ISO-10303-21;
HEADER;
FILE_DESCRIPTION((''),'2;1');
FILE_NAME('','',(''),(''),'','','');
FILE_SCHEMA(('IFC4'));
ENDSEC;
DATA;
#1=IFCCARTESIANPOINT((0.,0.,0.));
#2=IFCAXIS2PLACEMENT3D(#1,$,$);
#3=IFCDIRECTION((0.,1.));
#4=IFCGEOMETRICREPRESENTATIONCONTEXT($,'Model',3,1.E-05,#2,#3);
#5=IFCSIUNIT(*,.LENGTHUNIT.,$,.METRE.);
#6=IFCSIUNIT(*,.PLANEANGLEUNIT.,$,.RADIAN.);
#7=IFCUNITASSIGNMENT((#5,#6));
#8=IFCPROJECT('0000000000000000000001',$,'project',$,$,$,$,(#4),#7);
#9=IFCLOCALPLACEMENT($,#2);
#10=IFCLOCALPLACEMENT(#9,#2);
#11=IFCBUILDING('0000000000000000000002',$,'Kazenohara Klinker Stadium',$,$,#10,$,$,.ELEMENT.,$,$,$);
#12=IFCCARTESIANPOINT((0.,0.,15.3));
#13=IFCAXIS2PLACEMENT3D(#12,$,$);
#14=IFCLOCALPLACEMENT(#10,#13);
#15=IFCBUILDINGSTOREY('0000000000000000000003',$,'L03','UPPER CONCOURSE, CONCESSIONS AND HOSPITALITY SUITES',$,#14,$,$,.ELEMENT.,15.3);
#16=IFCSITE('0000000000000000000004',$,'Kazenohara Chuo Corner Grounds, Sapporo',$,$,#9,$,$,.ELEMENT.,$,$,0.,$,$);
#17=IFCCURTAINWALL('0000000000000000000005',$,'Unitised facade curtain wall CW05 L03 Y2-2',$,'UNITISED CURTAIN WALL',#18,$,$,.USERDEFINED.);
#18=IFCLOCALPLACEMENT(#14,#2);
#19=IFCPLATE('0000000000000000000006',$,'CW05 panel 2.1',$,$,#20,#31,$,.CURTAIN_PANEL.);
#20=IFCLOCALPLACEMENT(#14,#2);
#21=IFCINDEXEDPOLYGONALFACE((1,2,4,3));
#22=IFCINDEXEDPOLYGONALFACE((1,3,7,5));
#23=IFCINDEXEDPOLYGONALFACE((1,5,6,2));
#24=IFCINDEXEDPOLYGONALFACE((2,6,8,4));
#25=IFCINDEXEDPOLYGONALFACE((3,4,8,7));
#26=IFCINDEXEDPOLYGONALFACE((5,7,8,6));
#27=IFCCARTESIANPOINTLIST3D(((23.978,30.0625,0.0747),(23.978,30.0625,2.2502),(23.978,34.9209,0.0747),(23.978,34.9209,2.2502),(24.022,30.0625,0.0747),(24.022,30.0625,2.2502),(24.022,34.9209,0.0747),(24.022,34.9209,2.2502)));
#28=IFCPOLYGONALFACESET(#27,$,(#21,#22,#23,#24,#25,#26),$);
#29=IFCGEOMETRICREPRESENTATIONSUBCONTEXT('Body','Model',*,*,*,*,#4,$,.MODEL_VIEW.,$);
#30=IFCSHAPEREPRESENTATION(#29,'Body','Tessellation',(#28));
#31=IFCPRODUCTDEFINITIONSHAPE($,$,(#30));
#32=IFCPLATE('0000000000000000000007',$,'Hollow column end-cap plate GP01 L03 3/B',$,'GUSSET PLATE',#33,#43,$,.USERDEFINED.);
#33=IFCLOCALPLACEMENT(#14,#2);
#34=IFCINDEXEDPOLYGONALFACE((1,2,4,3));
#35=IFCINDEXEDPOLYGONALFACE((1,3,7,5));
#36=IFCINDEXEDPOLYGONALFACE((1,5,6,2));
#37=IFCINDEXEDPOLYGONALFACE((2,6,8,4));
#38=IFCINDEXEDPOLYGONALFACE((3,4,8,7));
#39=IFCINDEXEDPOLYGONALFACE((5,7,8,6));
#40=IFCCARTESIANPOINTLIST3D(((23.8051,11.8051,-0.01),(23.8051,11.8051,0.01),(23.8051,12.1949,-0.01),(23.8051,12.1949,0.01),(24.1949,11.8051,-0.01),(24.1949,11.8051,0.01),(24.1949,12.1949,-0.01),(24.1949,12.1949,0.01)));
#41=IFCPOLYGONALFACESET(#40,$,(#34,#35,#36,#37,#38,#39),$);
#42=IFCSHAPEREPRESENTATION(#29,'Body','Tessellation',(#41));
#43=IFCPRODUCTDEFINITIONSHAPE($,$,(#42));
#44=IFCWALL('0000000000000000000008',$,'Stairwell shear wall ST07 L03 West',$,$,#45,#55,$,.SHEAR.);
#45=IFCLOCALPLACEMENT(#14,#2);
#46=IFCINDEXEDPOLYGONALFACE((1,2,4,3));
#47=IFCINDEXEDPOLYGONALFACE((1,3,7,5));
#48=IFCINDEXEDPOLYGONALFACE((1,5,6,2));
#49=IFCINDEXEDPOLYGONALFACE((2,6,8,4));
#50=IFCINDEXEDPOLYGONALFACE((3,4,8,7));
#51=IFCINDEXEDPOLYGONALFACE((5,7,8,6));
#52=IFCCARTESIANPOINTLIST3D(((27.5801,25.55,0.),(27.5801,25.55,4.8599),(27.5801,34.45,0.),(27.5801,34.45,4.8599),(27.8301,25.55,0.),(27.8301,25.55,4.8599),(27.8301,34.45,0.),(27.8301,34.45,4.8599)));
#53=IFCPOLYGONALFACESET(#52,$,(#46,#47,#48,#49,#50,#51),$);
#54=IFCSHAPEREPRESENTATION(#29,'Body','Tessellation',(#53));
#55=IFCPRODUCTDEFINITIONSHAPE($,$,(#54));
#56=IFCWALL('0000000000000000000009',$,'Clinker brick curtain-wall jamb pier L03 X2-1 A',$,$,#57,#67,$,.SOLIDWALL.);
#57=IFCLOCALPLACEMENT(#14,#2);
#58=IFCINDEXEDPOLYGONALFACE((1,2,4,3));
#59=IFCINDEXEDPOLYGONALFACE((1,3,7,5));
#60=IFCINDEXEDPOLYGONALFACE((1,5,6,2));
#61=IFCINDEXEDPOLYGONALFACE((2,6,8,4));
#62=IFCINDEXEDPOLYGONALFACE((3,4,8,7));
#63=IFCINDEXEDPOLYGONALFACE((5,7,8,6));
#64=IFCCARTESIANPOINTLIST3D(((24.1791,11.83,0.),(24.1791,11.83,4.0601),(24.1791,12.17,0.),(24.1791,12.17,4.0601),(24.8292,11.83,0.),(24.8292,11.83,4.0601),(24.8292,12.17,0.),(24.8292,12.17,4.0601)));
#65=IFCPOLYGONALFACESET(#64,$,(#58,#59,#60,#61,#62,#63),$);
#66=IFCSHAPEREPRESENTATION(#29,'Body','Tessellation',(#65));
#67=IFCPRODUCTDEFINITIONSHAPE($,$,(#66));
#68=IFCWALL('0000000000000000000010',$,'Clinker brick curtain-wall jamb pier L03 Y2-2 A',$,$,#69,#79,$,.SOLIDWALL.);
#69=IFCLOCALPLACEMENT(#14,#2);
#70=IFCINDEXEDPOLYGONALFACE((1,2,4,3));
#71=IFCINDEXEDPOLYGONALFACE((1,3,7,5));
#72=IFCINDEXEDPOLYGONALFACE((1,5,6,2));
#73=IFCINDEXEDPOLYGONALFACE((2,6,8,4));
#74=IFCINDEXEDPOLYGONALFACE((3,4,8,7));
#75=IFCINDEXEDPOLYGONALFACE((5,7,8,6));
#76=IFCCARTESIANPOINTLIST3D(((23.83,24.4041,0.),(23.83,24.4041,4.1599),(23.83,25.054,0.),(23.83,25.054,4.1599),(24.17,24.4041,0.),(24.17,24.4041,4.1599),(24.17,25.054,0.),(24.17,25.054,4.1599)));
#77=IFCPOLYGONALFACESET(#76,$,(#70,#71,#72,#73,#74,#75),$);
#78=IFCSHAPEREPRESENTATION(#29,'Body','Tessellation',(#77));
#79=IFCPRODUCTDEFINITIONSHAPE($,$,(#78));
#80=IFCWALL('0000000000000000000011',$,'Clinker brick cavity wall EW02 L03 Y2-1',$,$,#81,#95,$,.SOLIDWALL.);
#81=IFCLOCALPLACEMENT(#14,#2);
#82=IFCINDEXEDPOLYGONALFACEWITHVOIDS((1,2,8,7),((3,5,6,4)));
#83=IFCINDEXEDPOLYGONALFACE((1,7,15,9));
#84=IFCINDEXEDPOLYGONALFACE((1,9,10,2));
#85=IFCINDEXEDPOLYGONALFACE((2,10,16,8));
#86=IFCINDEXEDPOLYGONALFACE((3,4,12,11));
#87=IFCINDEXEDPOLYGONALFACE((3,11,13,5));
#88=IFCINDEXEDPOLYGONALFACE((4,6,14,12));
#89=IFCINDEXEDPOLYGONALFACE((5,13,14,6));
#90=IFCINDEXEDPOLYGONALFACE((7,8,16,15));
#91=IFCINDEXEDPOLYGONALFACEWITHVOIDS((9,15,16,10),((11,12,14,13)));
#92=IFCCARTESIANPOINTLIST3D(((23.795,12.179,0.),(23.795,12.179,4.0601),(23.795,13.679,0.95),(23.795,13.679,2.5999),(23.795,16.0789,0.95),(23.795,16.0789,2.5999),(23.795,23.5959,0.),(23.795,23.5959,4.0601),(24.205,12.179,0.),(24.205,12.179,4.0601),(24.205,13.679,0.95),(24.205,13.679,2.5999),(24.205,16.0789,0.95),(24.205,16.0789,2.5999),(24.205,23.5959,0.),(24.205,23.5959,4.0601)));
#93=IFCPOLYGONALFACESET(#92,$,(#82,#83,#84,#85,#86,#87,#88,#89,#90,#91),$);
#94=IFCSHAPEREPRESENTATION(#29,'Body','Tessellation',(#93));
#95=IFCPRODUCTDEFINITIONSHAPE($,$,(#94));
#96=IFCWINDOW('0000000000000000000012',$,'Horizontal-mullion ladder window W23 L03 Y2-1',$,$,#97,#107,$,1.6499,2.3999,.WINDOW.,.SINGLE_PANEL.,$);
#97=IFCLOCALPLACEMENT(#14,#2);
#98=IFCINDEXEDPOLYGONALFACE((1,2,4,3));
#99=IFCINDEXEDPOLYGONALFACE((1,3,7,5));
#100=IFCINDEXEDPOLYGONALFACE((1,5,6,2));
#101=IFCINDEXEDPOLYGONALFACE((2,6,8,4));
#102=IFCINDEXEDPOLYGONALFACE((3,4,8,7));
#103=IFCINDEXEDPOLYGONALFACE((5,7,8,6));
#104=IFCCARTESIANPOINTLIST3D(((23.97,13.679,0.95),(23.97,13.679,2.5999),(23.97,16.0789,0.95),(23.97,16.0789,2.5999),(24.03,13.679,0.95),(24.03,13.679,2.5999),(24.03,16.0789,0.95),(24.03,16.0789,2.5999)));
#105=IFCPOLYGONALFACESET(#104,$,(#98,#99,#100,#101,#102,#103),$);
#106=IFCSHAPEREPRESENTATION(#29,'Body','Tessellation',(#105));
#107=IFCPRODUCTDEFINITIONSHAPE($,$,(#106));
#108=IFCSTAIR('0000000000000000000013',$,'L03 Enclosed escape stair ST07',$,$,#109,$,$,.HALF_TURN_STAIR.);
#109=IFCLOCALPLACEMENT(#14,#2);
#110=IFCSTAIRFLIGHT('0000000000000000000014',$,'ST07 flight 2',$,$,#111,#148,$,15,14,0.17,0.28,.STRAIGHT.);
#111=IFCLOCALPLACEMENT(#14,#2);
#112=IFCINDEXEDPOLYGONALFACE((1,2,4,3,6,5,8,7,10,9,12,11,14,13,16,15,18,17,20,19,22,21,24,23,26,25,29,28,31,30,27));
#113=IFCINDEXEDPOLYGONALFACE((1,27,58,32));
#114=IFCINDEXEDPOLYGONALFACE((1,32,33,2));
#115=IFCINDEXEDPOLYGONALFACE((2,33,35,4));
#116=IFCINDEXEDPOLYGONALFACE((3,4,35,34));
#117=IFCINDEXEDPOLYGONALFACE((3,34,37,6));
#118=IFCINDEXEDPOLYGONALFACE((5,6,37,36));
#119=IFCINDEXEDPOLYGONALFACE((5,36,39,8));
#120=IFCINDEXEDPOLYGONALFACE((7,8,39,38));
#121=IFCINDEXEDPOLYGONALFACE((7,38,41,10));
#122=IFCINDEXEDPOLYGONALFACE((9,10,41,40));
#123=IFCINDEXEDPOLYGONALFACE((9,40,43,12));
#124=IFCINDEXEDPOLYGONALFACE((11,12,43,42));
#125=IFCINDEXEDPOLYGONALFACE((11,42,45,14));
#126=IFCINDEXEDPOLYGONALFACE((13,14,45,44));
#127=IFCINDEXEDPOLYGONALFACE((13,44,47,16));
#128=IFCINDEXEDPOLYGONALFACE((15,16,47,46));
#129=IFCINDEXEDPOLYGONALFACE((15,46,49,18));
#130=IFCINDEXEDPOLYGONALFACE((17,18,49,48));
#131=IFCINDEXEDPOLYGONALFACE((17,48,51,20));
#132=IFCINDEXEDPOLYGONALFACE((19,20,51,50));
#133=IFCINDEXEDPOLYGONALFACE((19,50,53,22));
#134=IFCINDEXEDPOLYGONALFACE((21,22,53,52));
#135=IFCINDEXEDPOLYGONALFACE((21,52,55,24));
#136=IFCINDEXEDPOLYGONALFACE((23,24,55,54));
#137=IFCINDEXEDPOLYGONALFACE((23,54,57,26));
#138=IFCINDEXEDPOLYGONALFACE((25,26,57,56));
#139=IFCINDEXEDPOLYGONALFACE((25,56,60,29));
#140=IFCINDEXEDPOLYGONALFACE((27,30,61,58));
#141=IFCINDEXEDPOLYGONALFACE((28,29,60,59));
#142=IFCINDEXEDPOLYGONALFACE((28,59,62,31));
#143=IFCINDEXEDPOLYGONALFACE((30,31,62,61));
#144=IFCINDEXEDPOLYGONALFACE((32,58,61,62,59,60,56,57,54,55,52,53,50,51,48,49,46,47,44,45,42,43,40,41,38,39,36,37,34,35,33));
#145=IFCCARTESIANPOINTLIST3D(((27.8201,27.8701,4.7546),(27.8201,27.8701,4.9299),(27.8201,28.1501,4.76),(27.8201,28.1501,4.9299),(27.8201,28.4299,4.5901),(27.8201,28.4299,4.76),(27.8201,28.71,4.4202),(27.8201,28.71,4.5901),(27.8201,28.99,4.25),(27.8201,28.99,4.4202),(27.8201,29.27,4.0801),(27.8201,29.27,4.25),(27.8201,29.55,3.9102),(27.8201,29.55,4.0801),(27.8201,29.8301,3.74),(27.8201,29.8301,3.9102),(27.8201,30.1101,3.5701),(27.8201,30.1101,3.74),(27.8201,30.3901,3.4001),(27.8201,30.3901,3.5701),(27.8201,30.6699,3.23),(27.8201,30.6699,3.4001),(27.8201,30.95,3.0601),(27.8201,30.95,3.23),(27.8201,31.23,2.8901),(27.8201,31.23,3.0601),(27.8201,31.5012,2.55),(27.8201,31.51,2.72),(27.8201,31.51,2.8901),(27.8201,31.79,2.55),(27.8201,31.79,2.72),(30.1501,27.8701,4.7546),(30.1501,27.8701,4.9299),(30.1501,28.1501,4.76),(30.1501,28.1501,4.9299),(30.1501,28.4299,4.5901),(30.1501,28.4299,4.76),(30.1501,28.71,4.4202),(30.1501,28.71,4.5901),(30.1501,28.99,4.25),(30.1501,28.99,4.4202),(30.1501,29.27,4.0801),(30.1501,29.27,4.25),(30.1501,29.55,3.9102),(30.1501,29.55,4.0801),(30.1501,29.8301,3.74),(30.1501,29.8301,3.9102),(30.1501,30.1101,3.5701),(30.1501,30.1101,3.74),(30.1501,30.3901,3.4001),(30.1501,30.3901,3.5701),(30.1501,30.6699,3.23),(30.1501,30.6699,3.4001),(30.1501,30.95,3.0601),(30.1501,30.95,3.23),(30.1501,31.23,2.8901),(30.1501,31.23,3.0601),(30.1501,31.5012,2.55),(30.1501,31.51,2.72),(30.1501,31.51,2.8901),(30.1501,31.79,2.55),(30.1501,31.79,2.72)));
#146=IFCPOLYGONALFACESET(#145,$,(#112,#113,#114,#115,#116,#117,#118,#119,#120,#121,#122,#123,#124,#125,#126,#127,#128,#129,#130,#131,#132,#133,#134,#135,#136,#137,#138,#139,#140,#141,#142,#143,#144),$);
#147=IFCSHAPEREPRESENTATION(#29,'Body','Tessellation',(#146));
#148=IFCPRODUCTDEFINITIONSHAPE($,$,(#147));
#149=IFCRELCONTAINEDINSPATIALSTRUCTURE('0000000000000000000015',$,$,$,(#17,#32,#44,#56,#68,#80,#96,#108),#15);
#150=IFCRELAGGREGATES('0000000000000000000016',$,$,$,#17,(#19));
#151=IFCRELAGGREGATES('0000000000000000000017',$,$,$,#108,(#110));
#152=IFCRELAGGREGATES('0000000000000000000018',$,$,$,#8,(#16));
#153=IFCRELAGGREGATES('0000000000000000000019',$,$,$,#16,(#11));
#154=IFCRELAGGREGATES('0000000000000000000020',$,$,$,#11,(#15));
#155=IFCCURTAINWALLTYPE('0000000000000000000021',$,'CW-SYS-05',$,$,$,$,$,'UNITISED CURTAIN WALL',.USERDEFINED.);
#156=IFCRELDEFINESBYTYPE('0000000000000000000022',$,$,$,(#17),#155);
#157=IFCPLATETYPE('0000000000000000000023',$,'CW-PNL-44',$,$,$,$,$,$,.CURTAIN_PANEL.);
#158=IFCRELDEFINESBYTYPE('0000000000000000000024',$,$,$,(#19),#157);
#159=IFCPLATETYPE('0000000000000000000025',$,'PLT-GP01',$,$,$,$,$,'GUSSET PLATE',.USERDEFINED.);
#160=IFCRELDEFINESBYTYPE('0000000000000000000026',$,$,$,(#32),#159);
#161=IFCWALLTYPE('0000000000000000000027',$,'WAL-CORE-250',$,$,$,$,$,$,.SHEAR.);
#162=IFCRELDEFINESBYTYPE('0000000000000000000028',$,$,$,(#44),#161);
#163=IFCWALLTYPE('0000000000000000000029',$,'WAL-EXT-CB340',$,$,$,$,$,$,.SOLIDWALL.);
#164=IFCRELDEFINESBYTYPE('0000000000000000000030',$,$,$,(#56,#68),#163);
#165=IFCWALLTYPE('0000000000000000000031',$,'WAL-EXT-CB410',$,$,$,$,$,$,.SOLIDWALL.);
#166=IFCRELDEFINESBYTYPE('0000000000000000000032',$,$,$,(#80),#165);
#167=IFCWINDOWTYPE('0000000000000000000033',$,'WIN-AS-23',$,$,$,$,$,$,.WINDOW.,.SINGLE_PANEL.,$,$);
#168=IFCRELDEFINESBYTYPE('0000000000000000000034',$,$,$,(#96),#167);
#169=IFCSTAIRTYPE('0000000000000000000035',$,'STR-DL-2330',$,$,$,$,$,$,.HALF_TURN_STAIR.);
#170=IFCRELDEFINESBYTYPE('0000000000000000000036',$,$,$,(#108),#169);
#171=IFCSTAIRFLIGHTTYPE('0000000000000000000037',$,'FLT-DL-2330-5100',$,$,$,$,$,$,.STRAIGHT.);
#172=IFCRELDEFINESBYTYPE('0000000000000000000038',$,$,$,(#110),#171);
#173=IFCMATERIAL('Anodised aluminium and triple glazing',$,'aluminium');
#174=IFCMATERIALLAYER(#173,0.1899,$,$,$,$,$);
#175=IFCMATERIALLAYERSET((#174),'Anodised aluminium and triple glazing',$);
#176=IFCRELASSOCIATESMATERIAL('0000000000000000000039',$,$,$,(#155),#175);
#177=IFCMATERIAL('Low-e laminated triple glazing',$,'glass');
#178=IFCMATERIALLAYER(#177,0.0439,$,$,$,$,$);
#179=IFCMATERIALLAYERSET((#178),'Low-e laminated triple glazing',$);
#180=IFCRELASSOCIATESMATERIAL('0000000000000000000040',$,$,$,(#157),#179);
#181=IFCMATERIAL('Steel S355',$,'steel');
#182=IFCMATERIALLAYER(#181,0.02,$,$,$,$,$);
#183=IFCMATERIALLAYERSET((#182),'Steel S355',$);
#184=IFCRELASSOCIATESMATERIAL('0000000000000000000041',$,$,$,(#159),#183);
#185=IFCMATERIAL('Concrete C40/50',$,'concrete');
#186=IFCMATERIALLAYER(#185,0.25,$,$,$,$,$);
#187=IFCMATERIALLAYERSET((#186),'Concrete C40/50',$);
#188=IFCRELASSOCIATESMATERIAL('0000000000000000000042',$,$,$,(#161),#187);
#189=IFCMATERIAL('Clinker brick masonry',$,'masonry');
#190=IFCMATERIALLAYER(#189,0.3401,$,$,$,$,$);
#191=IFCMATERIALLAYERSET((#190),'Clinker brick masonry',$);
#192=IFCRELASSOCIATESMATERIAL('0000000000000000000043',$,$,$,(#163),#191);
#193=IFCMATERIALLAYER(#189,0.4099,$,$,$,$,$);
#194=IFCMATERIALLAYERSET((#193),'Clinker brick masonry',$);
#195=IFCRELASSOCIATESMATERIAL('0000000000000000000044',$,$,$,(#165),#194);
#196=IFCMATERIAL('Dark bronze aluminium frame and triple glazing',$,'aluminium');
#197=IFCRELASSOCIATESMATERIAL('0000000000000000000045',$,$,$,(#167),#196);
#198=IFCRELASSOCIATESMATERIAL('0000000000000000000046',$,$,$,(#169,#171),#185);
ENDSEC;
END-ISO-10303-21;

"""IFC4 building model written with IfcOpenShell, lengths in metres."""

from ifc_helpers import new_model, si_unit, direction, frame, frame_2d, origin, origin_2d, place, context, subcontext, project, spatial, polyline, rectangle, outline, extrude, material, layer, layer_set, type_object, element, fill, aggregate, save


model = new_model("IFC4")

# Units and contexts
model_context = context("Model", 3, precision=1e-05, world=origin(), true_north=direction((0.0, 1.0)))
body_context = subcontext(model_context, "Body", "Model", "MODEL_VIEW")
ifc_project = project(units=[si_unit("LENGTHUNIT", "METRE"), si_unit("PLANEANGLEUNIT", "RADIAN")], contexts=[model_context])

# Site, building, storey
site_placement = place(None, origin())
site = spatial("IfcSite", under=ifc_project, at=site_placement, Name="Kazenohara Chuo Corner Grounds, Sapporo", CompositionType="ELEMENT", RefElevation=0.0)
building_placement = place(site_placement, origin())
building = spatial("IfcBuilding", under=site, at=building_placement, Name="Kazenohara Klinker Stadium", CompositionType="ELEMENT")
storey_placement = place(building_placement, frame((0.0, 0.0, 15.3)))
storey = spatial("IfcBuildingStorey", under=building, at=storey_placement, Name="L03", Description="UPPER CONCOURSE, CONCESSIONS AND HOSPITALITY SUITES", CompositionType="ELEMENT", Elevation=15.3)

# Shared definitions
ifc_material_1 = material(Name="Concrete C40/50", Category="concrete")

# Shared definitions
ifc_material_2 = material(Name="Steel S355", Category="steel")

# Curtain wall
ifc_material_3 = material(Name="Anodised aluminium and triple glazing", Category="aluminium")
ifc_layer_1 = layer(ifc_material_3, 0.1899)
ifc_layer_set_1 = layer_set([ifc_layer_1], Name="Anodised aluminium and triple glazing")
curtain_wall_type_1 = type_object("IfcCurtainWallType", Name="CW-SYS-05", ElementType="UNITISED CURTAIN WALL", PredefinedType="USERDEFINED", material=ifc_layer_set_1)
curtain_wall_1_placement = place(storey_placement, origin())
curtain_wall_1 = element("IfcCurtainWall", 1, at=curtain_wall_1_placement, inside=storey, type_object=curtain_wall_type_1, Name="Unitised facade curtain wall CW05 L03 Y2-2", ObjectType="UNITISED CURTAIN WALL", PredefinedType="USERDEFINED")

# Plates
ifc_material_4 = material(Name="Low-e laminated triple glazing", Category="glass")
ifc_layer_2 = layer(ifc_material_4, 0.0439)
ifc_layer_set_2 = layer_set([ifc_layer_2], Name="Low-e laminated triple glazing")
plate_type_1 = type_object("IfcPlateType", Name="CW-PNL-44", PredefinedType="CURTAIN_PANEL", material=ifc_layer_set_2)
plate_1_placement = place(storey_placement, frame((24.0, 32.4917, 0.0747), z_axis=(0.0, 0.0, 1.0), x_axis=(0.0, 1.0, 0.0)))
plate_1 = element("IfcPlate", 2, at=plate_1_placement, type_object=plate_type_1, Name="CW05 panel 2.1", PredefinedType="CURTAIN_PANEL", context=body_context, shape_type="SweptSolid", body=[
    extrude(rectangle(XDim=4.8584, YDim=0.0439, at=origin_2d()), origin(), (0.0, 0.0, 1.0), 2.1755),
])
aggregate(curtain_wall_1, [plate_1])
ifc_layer_3 = layer(ifc_material_2, 0.02)
ifc_layer_set_3 = layer_set([ifc_layer_3], Name="Steel S355")
plate_type_2 = type_object("IfcPlateType", Name="PLT-GP01", ElementType="GUSSET PLATE", PredefinedType="USERDEFINED", material=ifc_layer_set_3)
plate_2_placement = place(storey_placement, frame((24.0, 12.0, -0.01), z_axis=(0.0, 0.0, 1.0), x_axis=(1.0, 0.0, 0.0)))
element("IfcPlate", 3, at=plate_2_placement, inside=storey, type_object=plate_type_2, Name="Hollow column end-cap plate GP01 L03 3/B", ObjectType="GUSSET PLATE", PredefinedType="USERDEFINED", context=body_context, shape_type="SweptSolid", body=[
    extrude(rectangle(XDim=0.3899, YDim=0.3899, at=origin_2d()), origin(), (0.0, 0.0, 1.0), 0.02),
])

# Shared definitions
ifc_layer_4 = layer(ifc_material_1, 0.25)
ifc_layer_set_4 = layer_set([ifc_layer_4], Name="Concrete C40/50")
wall_type_1 = type_object("IfcWallType", Name="WAL-CORE-250", PredefinedType="SHEAR", material=ifc_layer_set_4)

# Walls
wall_1_placement = place(storey_placement, frame((27.7051, 25.55, 0.0), z_axis=(0.0, 0.0, 1.0), x_axis=(0.0, 1.0, 0.0)))
element("IfcWall", 4, at=wall_1_placement, inside=storey, type_object=wall_type_1, Name="Stairwell shear wall ST07 L03 West", PredefinedType="SHEAR", context=body_context, shape_type="SweptSolid", body=[
    extrude(rectangle(XDim=8.8999, YDim=0.25, at=frame_2d((4.45, 0.0))), origin(), (0.0, 0.0, 1.0), 4.8599),
])
ifc_material_5 = material(Name="Clinker brick masonry", Category="masonry")
ifc_layer_5 = layer(ifc_material_5, 0.3401)
ifc_layer_set_5 = layer_set([ifc_layer_5], Name="Clinker brick masonry")
wall_type_2 = type_object("IfcWallType", Name="WAL-EXT-CB340", PredefinedType="SOLIDWALL", material=ifc_layer_set_5)
wall_2_placement = place(storey_placement, frame((24.179, 12.0, 0.0), z_axis=(0.0, 0.0, 1.0), x_axis=(1.0, 0.0, 0.0)))
element("IfcWall", 5, at=wall_2_placement, inside=storey, type_object=wall_type_2, Name="Clinker brick curtain-wall jamb pier L03 X2-1 A", PredefinedType="SOLIDWALL", context=body_context, shape_type="SweptSolid", body=[
    extrude(rectangle(XDim=0.6501, YDim=0.3401, at=frame_2d((0.3252, 0.0))), origin(), (0.0, 0.0, 1.0), 4.0601),
])
wall_3_placement = place(storey_placement, frame((24.0, 24.4041, 0.0), z_axis=(0.0, 0.0, 1.0), x_axis=(0.0, 1.0, 0.0)))
element("IfcWall", 6, at=wall_3_placement, inside=storey, type_object=wall_type_2, Name="Clinker brick curtain-wall jamb pier L03 Y2-2 A", PredefinedType="SOLIDWALL", context=body_context, shape_type="SweptSolid", body=[
    extrude(rectangle(XDim=0.6499, YDim=0.3401, at=frame_2d((0.325, 0.0))), origin(), (0.0, 0.0, 1.0), 4.1599),
])

# Wall, opening, window
ifc_layer_6 = layer(ifc_material_5, 0.4099)
ifc_layer_set_6 = layer_set([ifc_layer_6], Name="Clinker brick masonry")
wall_type_3 = type_object("IfcWallType", Name="WAL-EXT-CB410", PredefinedType="SOLIDWALL", material=ifc_layer_set_6)
wall_4_placement = place(storey_placement, frame((24.0, 12.179, 0.0), z_axis=(0.0, 0.0, 1.0), x_axis=(0.0, 1.0, 0.0)))
wall_4 = element("IfcWall", 7, at=wall_4_placement, inside=storey, type_object=wall_type_3, Name="Clinker brick cavity wall EW02 L03 Y2-1", PredefinedType="SOLIDWALL", context=body_context, shape_type="SweptSolid", body=[
    extrude(rectangle(XDim=11.417, YDim=0.4099, at=frame_2d((5.7085, 0.0))), origin(), (0.0, 0.0, 1.0), 4.0601),
])
opening_1_placement = place(wall_4_placement, frame((1.5, 0.0, 0.95)))
opening_1 = element("IfcOpeningElement", 8, at=opening_1_placement, cuts=wall_4, PredefinedType="OPENING", context=body_context, shape_type="SweptSolid", body=[
    extrude(rectangle(XDim=2.3999, YDim=1.6499, at=frame_2d((1.2, 0.825))), frame((0.0, 0.2148, 0.0), z_axis=(0.0, -1.0, 0.0), x_axis=(1.0, 0.0, 0.0)), (0.0, 0.0, 1.0), 0.4299),
])
ifc_material_6 = material(Name="Dark bronze aluminium frame and triple glazing", Category="aluminium")
window_type = type_object("IfcWindowType", Name="WIN-AS-23", PartitioningType="SINGLE_PANEL", PredefinedType="WINDOW", material=ifc_material_6)
window_placement = place(opening_1_placement, origin())
window = element("IfcWindow", 9, at=window_placement, inside=storey, type_object=window_type, Name="Horizontal-mullion ladder window W23 L03 Y2-1", OverallHeight=1.6499, OverallWidth=2.3999, PartitioningType="SINGLE_PANEL", PredefinedType="WINDOW", context=body_context, shape_type="SweptSolid", body=[
    extrude(rectangle(XDim=2.3999, YDim=1.6499, at=frame_2d((1.2, 0.825))), frame((0.0, 0.03, 0.0), z_axis=(0.0, -1.0, 0.0), x_axis=(1.0, 0.0, 0.0)), (0.0, 0.0, 1.0), 0.0601),
])
fill(opening_1, window)

# Stair, stair flight
stair_type = type_object("IfcStairType", Name="STR-DL-2330", PredefinedType="HALF_TURN_STAIR", material=ifc_material_1)
stair_placement = place(storey_placement, origin())
stair = element("IfcStair", 10, at=stair_placement, inside=storey, type_object=stair_type, Name="L03 Enclosed escape stair ST07", PredefinedType="HALF_TURN_STAIR")
stair_flight_type = type_object("IfcStairFlightType", Name="FLT-DL-2330-5100", PredefinedType="STRAIGHT", material=ifc_material_1)
stair_flight_placement = place(storey_placement, frame((28.9851, 31.79, 2.55), z_axis=(0.0, 0.0, 1.0), x_axis=(0.0, -1.0, 0.0)))
stair_flight = element("IfcStairFlight", 11, at=stair_flight_placement, type_object=stair_flight_type, Name="ST07 flight 2", NumberOfRisers=15, NumberOfTreads=14, PredefinedType="STRAIGHT", RiserHeight=0.17, TreadLength=0.28, context=body_context, shape_type="SweptSolid", body=[
    extrude(outline(polyline([(0.0, 0.0), (0.0, 0.1699), (0.28, 0.1699), (0.28, 0.3401), (0.5601, 0.3401), (0.5601, 0.51), (0.8401, 0.51), (0.8401, 0.6799), (1.1201, 0.6799), (1.1201, 0.8501), (1.3999, 0.8501), (1.3999, 1.02), (1.6799, 1.02), (1.6799, 1.1899), (1.96, 1.1899), (1.96, 1.3601), (2.24, 1.3601), (2.24, 1.53), (2.52, 1.53), (2.52, 1.7), (2.8, 1.7), (2.8, 1.8701), (3.0801, 1.8701), (3.0801, 2.04), (3.3601, 2.04), (3.3601, 2.21), (3.6399, 2.21), (3.6399, 2.3799), (3.9199, 2.3799), (3.9199, 2.55), (3.9199, 2.2046), (0.2888, 0.0), (0.0, 0.0)])), frame((0.0, 1.165, 0.0), z_axis=(0.0, -1.0, 0.0), x_axis=(1.0, 0.0, 0.0)), (0.0, 0.0, 1.0), 2.3301),
])
aggregate(stair, [stair_flight])

save(model, "model.ifc")
